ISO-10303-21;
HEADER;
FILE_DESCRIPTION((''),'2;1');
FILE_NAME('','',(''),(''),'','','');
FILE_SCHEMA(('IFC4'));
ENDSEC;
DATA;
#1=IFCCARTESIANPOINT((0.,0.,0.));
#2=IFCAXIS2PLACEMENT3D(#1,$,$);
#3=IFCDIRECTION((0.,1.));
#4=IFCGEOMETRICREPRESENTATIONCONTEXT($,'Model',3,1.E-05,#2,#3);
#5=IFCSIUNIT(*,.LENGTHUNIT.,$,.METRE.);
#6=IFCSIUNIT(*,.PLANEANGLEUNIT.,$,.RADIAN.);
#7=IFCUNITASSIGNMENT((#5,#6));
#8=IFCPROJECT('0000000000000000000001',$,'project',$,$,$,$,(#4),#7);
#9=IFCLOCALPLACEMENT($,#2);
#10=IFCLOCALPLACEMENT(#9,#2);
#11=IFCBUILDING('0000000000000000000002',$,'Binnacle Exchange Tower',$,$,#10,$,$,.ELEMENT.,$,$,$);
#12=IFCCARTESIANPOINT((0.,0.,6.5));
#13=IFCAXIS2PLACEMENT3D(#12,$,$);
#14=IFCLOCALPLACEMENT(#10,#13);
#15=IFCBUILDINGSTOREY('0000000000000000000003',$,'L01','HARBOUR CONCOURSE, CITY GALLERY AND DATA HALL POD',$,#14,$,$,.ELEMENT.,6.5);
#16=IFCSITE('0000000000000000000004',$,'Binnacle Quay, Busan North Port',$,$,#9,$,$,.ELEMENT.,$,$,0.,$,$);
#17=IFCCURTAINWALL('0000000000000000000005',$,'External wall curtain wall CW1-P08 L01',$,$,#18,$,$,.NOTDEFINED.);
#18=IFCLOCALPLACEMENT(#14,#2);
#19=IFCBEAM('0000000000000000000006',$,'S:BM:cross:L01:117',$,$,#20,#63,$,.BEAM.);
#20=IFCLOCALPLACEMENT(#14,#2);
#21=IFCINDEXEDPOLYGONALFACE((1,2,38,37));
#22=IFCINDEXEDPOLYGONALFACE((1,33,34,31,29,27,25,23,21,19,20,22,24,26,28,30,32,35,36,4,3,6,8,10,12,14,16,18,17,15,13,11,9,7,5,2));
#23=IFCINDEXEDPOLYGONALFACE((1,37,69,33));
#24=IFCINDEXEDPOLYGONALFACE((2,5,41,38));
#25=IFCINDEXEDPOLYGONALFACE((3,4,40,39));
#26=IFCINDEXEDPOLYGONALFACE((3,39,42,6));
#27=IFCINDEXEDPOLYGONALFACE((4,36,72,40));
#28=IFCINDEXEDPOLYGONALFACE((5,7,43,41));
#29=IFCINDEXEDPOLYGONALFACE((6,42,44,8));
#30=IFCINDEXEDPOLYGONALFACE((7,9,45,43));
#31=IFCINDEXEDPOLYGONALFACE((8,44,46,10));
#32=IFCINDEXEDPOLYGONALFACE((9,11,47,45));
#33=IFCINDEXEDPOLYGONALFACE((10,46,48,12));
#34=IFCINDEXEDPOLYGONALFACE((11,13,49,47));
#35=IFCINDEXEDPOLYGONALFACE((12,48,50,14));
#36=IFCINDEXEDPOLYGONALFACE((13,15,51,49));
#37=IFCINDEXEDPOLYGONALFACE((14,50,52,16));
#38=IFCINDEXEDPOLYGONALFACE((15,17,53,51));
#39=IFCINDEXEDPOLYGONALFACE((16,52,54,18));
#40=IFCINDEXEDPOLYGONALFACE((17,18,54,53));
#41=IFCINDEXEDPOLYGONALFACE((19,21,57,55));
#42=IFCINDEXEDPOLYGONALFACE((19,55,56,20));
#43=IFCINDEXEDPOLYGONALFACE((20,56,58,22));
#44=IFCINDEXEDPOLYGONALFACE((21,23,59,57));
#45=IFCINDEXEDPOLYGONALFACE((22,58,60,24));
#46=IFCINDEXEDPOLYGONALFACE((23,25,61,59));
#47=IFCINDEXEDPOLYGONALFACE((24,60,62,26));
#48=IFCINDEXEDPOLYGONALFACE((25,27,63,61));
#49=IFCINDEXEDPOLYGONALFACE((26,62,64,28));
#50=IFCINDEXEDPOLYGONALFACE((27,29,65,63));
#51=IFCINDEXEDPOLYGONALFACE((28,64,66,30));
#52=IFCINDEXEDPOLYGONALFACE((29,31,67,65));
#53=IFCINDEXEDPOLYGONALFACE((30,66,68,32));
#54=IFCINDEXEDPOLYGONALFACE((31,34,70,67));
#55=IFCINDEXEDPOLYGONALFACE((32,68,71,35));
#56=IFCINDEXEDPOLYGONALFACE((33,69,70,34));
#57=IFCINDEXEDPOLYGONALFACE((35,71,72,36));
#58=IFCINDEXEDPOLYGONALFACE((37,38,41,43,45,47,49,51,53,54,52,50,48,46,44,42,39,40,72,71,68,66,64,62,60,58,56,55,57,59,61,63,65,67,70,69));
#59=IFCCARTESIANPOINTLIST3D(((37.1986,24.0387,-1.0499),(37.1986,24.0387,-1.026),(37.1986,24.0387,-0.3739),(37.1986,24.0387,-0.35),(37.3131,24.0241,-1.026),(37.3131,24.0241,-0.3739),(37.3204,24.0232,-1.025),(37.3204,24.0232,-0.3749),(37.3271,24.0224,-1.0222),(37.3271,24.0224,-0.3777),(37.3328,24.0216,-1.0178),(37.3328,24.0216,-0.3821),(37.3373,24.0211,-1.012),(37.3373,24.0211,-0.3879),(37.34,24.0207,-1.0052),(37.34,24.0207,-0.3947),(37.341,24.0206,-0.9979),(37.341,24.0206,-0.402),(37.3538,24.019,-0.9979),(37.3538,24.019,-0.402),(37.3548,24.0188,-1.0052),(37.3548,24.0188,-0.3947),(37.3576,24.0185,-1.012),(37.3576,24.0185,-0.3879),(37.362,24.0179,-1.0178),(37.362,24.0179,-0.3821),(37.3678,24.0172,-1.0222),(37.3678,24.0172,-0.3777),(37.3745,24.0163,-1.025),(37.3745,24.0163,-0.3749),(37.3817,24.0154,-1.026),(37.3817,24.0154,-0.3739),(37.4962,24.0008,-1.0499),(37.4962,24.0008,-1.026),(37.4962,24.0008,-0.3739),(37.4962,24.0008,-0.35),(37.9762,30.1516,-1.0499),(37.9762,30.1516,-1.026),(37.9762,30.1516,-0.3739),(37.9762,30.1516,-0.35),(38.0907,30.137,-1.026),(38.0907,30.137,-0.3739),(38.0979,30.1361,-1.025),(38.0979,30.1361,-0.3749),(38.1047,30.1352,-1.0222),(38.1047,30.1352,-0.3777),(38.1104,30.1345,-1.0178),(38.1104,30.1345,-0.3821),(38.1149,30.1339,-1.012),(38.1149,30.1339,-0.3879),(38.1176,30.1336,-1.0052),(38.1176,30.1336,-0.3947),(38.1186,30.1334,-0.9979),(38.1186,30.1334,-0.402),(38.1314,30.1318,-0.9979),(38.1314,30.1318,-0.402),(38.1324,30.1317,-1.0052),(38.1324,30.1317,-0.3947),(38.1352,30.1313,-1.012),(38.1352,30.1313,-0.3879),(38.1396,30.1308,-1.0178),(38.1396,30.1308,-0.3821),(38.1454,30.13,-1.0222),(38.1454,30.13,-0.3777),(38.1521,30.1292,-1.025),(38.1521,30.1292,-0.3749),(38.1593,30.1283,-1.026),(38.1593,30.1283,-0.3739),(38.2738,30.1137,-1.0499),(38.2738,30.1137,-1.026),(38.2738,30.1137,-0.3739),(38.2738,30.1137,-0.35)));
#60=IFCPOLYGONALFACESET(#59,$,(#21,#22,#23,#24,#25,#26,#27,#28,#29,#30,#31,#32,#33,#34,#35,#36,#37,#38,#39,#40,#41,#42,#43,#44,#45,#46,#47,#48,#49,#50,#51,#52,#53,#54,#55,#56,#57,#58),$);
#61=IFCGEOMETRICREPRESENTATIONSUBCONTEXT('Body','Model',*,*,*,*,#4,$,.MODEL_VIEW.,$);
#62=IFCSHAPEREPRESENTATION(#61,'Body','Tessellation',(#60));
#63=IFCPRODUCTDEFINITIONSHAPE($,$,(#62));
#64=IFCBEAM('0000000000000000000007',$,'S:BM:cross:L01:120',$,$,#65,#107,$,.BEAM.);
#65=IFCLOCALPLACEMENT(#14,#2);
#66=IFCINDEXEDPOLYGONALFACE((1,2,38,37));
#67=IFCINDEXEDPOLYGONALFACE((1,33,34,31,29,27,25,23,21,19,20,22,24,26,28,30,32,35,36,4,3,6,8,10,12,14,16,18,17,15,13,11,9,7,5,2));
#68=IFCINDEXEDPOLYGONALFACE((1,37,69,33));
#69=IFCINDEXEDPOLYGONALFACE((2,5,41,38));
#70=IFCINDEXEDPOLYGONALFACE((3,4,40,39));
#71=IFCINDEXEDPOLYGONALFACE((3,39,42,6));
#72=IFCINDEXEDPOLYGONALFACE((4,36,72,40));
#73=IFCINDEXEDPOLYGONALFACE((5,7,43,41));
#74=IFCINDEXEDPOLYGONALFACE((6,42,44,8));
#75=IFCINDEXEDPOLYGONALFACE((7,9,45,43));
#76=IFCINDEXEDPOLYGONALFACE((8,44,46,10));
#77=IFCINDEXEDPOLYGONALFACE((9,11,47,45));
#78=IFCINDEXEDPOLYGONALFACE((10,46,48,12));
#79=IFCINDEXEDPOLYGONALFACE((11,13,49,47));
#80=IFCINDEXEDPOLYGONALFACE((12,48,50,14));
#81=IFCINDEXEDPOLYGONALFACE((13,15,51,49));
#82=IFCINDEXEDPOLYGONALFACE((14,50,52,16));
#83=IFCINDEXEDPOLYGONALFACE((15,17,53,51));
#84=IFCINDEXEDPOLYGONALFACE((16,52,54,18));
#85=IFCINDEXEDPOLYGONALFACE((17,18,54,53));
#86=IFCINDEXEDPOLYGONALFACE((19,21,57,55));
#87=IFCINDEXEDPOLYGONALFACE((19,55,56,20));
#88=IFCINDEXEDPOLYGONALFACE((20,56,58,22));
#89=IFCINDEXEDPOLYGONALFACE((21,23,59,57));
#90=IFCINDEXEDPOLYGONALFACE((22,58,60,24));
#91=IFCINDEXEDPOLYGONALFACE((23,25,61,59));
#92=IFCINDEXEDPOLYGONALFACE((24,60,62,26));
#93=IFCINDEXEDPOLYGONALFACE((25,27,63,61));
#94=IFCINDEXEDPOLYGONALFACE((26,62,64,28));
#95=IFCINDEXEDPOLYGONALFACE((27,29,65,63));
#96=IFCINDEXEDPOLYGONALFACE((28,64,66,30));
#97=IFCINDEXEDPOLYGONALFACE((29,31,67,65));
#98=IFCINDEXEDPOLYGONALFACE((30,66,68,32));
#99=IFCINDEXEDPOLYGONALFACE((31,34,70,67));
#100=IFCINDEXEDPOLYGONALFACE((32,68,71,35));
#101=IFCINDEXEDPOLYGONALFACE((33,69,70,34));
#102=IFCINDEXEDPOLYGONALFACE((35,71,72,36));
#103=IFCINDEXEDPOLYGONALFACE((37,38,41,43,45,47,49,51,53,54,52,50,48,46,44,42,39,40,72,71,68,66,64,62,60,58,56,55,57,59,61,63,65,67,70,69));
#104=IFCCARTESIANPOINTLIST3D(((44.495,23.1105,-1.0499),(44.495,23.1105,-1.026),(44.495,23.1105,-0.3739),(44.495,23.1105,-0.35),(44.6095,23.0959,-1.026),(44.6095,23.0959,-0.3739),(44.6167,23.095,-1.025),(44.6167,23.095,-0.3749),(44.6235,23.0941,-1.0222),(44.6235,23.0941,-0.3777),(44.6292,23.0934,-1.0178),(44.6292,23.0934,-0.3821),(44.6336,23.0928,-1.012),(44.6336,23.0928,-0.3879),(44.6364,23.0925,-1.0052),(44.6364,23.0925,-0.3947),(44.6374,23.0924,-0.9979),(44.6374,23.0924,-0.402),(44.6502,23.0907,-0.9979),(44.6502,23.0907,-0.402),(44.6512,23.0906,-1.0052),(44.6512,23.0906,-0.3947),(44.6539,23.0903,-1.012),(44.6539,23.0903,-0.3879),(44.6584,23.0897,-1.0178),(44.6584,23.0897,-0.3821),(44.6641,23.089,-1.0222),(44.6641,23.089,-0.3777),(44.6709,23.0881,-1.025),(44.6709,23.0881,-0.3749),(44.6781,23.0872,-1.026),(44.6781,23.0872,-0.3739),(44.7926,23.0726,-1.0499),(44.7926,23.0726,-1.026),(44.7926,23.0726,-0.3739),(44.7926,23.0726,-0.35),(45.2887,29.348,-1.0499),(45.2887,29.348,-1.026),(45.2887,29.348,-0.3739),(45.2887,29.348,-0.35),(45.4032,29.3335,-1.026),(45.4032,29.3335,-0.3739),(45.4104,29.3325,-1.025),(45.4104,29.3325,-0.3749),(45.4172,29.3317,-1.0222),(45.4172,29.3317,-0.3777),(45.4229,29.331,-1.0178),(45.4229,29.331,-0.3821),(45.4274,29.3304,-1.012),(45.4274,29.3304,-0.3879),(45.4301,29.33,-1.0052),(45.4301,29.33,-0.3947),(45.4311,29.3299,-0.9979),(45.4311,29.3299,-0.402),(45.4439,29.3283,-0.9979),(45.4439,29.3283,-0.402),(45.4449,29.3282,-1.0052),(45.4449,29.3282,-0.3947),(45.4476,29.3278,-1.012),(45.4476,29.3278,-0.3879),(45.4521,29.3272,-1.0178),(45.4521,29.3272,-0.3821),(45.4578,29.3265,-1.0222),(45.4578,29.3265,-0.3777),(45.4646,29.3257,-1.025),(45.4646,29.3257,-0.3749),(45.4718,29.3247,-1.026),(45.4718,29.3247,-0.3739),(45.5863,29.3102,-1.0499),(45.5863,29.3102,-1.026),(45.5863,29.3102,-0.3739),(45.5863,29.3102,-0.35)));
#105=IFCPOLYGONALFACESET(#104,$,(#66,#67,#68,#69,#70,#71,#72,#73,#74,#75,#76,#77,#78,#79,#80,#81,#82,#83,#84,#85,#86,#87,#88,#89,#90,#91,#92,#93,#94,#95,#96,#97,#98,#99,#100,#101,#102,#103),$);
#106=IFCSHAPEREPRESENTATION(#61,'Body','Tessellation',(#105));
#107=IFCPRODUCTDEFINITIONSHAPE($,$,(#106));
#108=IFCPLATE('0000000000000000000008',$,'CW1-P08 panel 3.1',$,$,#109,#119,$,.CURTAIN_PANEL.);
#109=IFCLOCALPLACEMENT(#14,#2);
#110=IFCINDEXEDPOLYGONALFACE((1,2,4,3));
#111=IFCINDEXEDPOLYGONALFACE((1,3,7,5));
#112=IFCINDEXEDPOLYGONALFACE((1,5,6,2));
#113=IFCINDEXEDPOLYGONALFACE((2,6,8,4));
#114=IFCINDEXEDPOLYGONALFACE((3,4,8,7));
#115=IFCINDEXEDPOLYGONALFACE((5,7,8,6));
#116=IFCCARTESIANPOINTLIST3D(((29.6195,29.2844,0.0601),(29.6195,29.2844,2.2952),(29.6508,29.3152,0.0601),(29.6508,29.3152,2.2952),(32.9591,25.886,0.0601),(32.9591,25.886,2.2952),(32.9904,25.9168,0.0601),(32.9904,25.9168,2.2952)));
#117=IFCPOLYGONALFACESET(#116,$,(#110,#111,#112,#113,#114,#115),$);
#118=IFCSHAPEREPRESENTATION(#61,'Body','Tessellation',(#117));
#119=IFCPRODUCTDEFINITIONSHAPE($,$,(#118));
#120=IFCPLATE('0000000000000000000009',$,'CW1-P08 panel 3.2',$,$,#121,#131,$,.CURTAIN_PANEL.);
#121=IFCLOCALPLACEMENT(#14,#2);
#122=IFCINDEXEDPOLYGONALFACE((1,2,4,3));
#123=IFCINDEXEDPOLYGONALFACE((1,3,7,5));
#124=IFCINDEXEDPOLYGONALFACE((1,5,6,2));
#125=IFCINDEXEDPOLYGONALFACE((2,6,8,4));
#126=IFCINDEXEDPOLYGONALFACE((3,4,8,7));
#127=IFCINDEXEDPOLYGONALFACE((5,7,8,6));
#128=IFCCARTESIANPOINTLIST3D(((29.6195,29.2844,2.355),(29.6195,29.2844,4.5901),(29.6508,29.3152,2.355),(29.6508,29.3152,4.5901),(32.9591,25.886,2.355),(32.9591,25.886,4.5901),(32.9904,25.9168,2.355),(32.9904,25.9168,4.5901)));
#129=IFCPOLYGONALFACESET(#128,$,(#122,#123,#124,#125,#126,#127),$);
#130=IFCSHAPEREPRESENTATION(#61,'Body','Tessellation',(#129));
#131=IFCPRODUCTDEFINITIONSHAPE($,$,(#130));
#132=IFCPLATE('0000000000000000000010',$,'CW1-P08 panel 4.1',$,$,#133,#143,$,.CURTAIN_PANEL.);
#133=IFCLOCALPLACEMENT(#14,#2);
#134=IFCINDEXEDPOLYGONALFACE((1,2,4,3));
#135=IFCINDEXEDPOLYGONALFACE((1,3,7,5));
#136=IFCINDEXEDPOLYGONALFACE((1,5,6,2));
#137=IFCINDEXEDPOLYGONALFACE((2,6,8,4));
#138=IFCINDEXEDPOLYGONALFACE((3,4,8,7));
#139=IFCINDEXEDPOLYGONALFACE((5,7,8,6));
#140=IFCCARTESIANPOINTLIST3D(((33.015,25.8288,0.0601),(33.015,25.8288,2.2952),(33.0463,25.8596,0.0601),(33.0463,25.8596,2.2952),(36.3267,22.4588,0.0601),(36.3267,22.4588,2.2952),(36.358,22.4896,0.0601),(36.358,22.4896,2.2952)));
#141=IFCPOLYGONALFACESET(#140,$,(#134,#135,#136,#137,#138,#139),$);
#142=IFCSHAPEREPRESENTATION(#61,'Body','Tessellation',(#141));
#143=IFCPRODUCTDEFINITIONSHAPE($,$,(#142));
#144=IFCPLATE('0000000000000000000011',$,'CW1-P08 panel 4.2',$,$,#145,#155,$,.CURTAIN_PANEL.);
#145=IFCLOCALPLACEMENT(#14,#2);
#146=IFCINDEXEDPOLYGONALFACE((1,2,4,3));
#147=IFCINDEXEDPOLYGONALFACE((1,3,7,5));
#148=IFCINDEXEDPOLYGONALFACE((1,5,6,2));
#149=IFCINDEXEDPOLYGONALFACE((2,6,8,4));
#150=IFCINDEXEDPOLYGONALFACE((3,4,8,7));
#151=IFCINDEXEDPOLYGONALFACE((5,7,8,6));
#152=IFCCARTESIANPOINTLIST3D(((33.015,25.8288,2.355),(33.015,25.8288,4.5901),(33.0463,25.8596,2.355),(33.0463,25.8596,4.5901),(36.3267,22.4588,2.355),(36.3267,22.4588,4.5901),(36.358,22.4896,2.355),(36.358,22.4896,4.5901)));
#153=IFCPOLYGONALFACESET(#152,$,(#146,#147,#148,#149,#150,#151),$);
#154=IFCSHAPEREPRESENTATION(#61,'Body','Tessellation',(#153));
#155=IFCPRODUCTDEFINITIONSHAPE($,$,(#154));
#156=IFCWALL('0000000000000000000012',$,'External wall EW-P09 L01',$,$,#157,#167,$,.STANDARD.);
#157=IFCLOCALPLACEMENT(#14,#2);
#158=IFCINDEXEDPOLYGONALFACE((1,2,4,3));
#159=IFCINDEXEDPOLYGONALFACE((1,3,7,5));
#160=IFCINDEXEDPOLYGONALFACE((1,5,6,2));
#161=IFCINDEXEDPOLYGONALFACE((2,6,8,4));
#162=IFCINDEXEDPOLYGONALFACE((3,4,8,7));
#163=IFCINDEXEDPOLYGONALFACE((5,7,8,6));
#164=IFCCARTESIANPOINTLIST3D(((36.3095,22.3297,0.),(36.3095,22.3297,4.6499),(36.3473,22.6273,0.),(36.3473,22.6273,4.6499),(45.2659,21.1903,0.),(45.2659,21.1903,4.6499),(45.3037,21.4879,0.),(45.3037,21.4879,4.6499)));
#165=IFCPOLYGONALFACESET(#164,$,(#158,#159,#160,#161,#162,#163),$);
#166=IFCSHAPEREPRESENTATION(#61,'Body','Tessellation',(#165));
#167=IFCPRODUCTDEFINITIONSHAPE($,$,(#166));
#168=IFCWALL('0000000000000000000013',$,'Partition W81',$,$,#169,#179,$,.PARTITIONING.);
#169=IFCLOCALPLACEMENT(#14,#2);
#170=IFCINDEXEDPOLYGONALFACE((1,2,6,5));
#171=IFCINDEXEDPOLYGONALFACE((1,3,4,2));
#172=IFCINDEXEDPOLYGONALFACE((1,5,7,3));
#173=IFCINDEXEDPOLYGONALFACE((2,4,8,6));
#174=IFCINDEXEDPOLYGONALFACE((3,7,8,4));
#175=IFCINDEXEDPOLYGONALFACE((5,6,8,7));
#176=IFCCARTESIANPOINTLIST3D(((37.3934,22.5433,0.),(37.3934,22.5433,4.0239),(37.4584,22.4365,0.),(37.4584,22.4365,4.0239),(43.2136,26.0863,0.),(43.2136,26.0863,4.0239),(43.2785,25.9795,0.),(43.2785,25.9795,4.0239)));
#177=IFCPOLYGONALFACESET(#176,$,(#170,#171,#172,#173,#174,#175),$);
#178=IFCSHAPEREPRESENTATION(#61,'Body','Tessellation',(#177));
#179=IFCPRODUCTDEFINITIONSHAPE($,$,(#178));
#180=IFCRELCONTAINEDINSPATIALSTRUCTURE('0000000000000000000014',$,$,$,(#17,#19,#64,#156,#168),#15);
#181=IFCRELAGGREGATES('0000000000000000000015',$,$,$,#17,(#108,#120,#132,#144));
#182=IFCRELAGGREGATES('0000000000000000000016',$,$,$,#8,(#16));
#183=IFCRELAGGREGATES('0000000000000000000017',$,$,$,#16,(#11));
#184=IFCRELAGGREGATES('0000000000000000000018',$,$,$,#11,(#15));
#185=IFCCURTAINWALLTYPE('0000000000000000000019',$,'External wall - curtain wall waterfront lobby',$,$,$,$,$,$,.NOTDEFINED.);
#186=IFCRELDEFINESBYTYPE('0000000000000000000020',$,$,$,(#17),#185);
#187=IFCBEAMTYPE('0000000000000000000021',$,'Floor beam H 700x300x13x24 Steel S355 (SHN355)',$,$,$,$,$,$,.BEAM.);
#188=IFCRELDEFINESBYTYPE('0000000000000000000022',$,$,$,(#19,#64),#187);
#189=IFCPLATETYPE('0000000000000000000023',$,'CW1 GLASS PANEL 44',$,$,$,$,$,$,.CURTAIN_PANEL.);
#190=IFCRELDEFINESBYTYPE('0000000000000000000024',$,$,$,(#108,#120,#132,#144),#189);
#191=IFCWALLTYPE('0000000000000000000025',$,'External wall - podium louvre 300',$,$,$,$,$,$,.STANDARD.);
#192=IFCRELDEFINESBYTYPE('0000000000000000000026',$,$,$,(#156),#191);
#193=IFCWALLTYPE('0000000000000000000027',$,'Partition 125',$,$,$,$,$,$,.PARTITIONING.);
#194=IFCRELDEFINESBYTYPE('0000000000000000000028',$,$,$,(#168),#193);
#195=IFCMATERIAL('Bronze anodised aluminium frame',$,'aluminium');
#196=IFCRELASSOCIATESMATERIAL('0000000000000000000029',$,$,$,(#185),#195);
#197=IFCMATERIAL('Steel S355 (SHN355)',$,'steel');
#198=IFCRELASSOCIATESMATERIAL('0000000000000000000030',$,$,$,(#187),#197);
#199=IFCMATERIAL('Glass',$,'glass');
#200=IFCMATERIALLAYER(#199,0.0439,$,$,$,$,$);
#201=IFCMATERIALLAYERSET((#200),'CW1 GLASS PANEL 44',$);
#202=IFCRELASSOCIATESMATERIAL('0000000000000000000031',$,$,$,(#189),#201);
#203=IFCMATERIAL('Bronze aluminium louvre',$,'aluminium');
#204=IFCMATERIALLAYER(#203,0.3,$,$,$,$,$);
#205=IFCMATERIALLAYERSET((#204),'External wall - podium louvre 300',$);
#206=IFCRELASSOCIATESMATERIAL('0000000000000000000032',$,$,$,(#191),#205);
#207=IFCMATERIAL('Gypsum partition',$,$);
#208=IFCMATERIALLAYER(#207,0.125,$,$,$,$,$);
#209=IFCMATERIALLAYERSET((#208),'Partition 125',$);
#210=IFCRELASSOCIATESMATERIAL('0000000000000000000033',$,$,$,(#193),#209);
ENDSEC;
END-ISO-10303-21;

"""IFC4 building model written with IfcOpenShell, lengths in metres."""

from ifc_helpers import new_model, si_unit, direction, frame, frame_2d, origin, origin_2d, place, context, subcontext, project, spatial, rectangle, i_section, extrude, material, layer, layer_set, material_profile, profile_set, type_object, element, aggregate, save


model = new_model("IFC4")

# Units and contexts
model_context = context("Model", 3, precision=1e-05, world=origin(), true_north=direction((0.0, 1.0)))
body_context = subcontext(model_context, "Body", "Model", "MODEL_VIEW")
ifc_project = project(units=[si_unit("LENGTHUNIT", "METRE"), si_unit("PLANEANGLEUNIT", "RADIAN")], contexts=[model_context])

# Site, building, storey
site_placement = place(None, origin())
site = spatial("IfcSite", under=ifc_project, at=site_placement, Name="Binnacle Quay, Busan North Port", CompositionType="ELEMENT", RefElevation=0.0)
building_placement = place(site_placement, origin())
building = spatial("IfcBuilding", under=site, at=building_placement, Name="Binnacle Exchange Tower", CompositionType="ELEMENT")
storey_placement = place(building_placement, frame((0.0, 0.0, 6.5)))
storey = spatial("IfcBuildingStorey", under=building, at=storey_placement, Name="L01", Description="HARBOUR CONCOURSE, CITY GALLERY AND DATA HALL POD", CompositionType="ELEMENT", Elevation=6.5)

# Curtain wall
ifc_material_1 = material(Name="Bronze anodised aluminium frame", Category="aluminium")
curtain_wall_type = type_object("IfcCurtainWallType", Name="External wall - curtain wall waterfront lobby", PredefinedType="NOTDEFINED", material=ifc_material_1)
curtain_wall_placement = place(storey_placement, origin())
curtain_wall = element("IfcCurtainWall", 1, at=curtain_wall_placement, inside=storey, type_object=curtain_wall_type, Name="External wall curtain wall CW1-P08 L01", PredefinedType="NOTDEFINED")

# Beams
ifc_material_2 = material(Name="Steel S355 (SHN355)", Category="steel")
ifc_material_profile_1 = material_profile(ifc_material_2, i_section(OverallWidth=0.3, OverallDepth=0.7, WebThickness=0.0129, FlangeThickness=0.0239, FilletRadius=0.0281, at=origin_2d()), Name="H 700x300x13x24")
ifc_profile_set_1 = profile_set([ifc_material_profile_1], Name="Steel S355 (SHN355)")
beam_type_1 = type_object("IfcBeamType", Name="Floor beam H 700x300x13x24 Steel S355 (SHN355)", PredefinedType="BEAM", material=ifc_profile_set_1)
beam_1_placement = place(storey_placement, frame((37.3474, 24.0198, -0.7), z_axis=(0.12619, 0.992006, 0.0), x_axis=(-0.992006, 0.12619, 0.0)))
element("IfcBeam", 2, at=beam_1_placement, inside=storey, type_object=beam_type_1, Name="S:BM:cross:L01:117", PredefinedType="BEAM", context=body_context, shape_type="SweptSolid", body=[
    extrude(i_section(OverallWidth=0.3, OverallDepth=0.7, WebThickness=0.0129, FlangeThickness=0.0239, FilletRadius=0.0281, at=origin_2d()), origin(), (0.0, 0.0, 1.0), 6.1621),
])
beam_2_placement = place(storey_placement, frame((44.6438, 23.0916, -0.7), z_axis=(0.126228, 0.992001, 0.0), x_axis=(-0.992001, 0.126228, 0.0)))
element("IfcBeam", 3, at=beam_2_placement, inside=storey, type_object=beam_type_1, Name="S:BM:cross:L01:120", PredefinedType="BEAM", context=body_context, shape_type="SweptSolid", body=[
    extrude(i_section(OverallWidth=0.3, OverallDepth=0.7, WebThickness=0.0129, FlangeThickness=0.0239, FilletRadius=0.0281, at=origin_2d()), origin(), (0.0, 0.0, 1.0), 6.2878),
])

# Plates
ifc_material_3 = material(Name="Glass", Category="glass")
ifc_layer_1 = layer(ifc_material_3, 0.0439)
ifc_layer_set_1 = layer_set([ifc_layer_1], Name="CW1 GLASS PANEL 44")
plate_type = type_object("IfcPlateType", Name="CW1 GLASS PANEL 44", PredefinedType="CURTAIN_PANEL", material=ifc_layer_set_1)
plate_1_placement = place(storey_placement, frame((31.3049, 27.6006, 0.0601), z_axis=(0.0, 0.0, 1.0), x_axis=(0.700909, -0.71325, 0.0)))
plate_1 = element("IfcPlate", 4, at=plate_1_placement, type_object=plate_type, Name="CW1-P08 panel 3.1", PredefinedType="CURTAIN_PANEL", context=body_context, shape_type="SweptSolid", body=[
    extrude(rectangle(XDim=4.7646, YDim=0.0439, at=origin_2d()), origin(), (0.0, 0.0, 1.0), 2.2351),
])
plate_2_placement = place(storey_placement, frame((31.3049, 27.6006, 2.355), z_axis=(0.0, 0.0, 1.0), x_axis=(0.700909, -0.71325, 0.0)))
plate_2 = element("IfcPlate", 5, at=plate_2_placement, type_object=plate_type, Name="CW1-P08 panel 3.2", PredefinedType="CURTAIN_PANEL", context=body_context, shape_type="SweptSolid", body=[
    extrude(rectangle(XDim=4.7646, YDim=0.0439, at=origin_2d()), origin(), (0.0, 0.0, 1.0), 2.2351),
])
plate_3_placement = place(storey_placement, frame((34.6865, 24.1592, 0.0601), z_axis=(0.0, 0.0, 1.0), x_axis=(0.700909, -0.71325, 0.0)))
plate_3 = element("IfcPlate", 6, at=plate_3_placement, type_object=plate_type, Name="CW1-P08 panel 4.1", PredefinedType="CURTAIN_PANEL", context=body_context, shape_type="SweptSolid", body=[
    extrude(rectangle(XDim=4.7249, YDim=0.0439, at=origin_2d()), origin(), (0.0, 0.0, 1.0), 2.2351),
])
plate_4_placement = place(storey_placement, frame((34.6865, 24.1592, 2.355), z_axis=(0.0, 0.0, 1.0), x_axis=(0.700909, -0.71325, 0.0)))
plate_4 = element("IfcPlate", 7, at=plate_4_placement, type_object=plate_type, Name="CW1-P08 panel 4.2", PredefinedType="CURTAIN_PANEL", context=body_context, shape_type="SweptSolid", body=[
    extrude(rectangle(XDim=4.7249, YDim=0.0439, at=origin_2d()), origin(), (0.0, 0.0, 1.0), 2.2351),
])
aggregate(curtain_wall, [plate_1, plate_2, plate_3, plate_4])

# Walls
ifc_material_4 = material(Name="Bronze aluminium louvre", Category="aluminium")
ifc_layer_2 = layer(ifc_material_4, 0.3)
ifc_layer_set_2 = layer_set([ifc_layer_2], Name="External wall - podium louvre 300")
wall_type_1 = type_object("IfcWallType", Name="External wall - podium louvre 300", PredefinedType="STANDARD", material=ifc_layer_set_2)
wall_1_placement = place(storey_placement, frame((45.2847, 21.3391, 0.0), z_axis=(0.0, 0.0, 1.0), x_axis=(-0.992005, 0.126201, 0.0)))
element("IfcWall", 8, at=wall_1_placement, inside=storey, type_object=wall_type_1, Name="External wall EW-P09 L01", PredefinedType="STANDARD", context=body_context, shape_type="SweptSolid", body=[
    extrude(rectangle(XDim=9.0286, YDim=0.3, at=frame_2d((4.5142, 0.0))), origin(), (0.0, 0.0, 1.0), 4.6499),
])
ifc_material_5 = material(Name="Gypsum partition")
ifc_layer_3 = layer(ifc_material_5, 0.125)
ifc_layer_set_3 = layer_set([ifc_layer_3], Name="Partition 125")
wall_type_2 = type_object("IfcWallType", Name="Partition 125", PredefinedType="PARTITIONING", material=ifc_layer_set_3)
wall_2_placement = place(storey_placement, frame((37.426, 22.49, 0.0), z_axis=(0.0, 0.0, 1.0), x_axis=(0.854178, 0.519981, 0.0)))
element("IfcWall", 9, at=wall_2_placement, inside=storey, type_object=wall_type_2, Name="Partition W81", PredefinedType="PARTITIONING", context=body_context, shape_type="SweptSolid", body=[
    extrude(rectangle(XDim=6.8137, YDim=0.125, at=frame_2d((3.4067, 0.0))), origin(), (0.0, 0.0, 1.0), 4.0239),
])

save(model, "model.ifc")
